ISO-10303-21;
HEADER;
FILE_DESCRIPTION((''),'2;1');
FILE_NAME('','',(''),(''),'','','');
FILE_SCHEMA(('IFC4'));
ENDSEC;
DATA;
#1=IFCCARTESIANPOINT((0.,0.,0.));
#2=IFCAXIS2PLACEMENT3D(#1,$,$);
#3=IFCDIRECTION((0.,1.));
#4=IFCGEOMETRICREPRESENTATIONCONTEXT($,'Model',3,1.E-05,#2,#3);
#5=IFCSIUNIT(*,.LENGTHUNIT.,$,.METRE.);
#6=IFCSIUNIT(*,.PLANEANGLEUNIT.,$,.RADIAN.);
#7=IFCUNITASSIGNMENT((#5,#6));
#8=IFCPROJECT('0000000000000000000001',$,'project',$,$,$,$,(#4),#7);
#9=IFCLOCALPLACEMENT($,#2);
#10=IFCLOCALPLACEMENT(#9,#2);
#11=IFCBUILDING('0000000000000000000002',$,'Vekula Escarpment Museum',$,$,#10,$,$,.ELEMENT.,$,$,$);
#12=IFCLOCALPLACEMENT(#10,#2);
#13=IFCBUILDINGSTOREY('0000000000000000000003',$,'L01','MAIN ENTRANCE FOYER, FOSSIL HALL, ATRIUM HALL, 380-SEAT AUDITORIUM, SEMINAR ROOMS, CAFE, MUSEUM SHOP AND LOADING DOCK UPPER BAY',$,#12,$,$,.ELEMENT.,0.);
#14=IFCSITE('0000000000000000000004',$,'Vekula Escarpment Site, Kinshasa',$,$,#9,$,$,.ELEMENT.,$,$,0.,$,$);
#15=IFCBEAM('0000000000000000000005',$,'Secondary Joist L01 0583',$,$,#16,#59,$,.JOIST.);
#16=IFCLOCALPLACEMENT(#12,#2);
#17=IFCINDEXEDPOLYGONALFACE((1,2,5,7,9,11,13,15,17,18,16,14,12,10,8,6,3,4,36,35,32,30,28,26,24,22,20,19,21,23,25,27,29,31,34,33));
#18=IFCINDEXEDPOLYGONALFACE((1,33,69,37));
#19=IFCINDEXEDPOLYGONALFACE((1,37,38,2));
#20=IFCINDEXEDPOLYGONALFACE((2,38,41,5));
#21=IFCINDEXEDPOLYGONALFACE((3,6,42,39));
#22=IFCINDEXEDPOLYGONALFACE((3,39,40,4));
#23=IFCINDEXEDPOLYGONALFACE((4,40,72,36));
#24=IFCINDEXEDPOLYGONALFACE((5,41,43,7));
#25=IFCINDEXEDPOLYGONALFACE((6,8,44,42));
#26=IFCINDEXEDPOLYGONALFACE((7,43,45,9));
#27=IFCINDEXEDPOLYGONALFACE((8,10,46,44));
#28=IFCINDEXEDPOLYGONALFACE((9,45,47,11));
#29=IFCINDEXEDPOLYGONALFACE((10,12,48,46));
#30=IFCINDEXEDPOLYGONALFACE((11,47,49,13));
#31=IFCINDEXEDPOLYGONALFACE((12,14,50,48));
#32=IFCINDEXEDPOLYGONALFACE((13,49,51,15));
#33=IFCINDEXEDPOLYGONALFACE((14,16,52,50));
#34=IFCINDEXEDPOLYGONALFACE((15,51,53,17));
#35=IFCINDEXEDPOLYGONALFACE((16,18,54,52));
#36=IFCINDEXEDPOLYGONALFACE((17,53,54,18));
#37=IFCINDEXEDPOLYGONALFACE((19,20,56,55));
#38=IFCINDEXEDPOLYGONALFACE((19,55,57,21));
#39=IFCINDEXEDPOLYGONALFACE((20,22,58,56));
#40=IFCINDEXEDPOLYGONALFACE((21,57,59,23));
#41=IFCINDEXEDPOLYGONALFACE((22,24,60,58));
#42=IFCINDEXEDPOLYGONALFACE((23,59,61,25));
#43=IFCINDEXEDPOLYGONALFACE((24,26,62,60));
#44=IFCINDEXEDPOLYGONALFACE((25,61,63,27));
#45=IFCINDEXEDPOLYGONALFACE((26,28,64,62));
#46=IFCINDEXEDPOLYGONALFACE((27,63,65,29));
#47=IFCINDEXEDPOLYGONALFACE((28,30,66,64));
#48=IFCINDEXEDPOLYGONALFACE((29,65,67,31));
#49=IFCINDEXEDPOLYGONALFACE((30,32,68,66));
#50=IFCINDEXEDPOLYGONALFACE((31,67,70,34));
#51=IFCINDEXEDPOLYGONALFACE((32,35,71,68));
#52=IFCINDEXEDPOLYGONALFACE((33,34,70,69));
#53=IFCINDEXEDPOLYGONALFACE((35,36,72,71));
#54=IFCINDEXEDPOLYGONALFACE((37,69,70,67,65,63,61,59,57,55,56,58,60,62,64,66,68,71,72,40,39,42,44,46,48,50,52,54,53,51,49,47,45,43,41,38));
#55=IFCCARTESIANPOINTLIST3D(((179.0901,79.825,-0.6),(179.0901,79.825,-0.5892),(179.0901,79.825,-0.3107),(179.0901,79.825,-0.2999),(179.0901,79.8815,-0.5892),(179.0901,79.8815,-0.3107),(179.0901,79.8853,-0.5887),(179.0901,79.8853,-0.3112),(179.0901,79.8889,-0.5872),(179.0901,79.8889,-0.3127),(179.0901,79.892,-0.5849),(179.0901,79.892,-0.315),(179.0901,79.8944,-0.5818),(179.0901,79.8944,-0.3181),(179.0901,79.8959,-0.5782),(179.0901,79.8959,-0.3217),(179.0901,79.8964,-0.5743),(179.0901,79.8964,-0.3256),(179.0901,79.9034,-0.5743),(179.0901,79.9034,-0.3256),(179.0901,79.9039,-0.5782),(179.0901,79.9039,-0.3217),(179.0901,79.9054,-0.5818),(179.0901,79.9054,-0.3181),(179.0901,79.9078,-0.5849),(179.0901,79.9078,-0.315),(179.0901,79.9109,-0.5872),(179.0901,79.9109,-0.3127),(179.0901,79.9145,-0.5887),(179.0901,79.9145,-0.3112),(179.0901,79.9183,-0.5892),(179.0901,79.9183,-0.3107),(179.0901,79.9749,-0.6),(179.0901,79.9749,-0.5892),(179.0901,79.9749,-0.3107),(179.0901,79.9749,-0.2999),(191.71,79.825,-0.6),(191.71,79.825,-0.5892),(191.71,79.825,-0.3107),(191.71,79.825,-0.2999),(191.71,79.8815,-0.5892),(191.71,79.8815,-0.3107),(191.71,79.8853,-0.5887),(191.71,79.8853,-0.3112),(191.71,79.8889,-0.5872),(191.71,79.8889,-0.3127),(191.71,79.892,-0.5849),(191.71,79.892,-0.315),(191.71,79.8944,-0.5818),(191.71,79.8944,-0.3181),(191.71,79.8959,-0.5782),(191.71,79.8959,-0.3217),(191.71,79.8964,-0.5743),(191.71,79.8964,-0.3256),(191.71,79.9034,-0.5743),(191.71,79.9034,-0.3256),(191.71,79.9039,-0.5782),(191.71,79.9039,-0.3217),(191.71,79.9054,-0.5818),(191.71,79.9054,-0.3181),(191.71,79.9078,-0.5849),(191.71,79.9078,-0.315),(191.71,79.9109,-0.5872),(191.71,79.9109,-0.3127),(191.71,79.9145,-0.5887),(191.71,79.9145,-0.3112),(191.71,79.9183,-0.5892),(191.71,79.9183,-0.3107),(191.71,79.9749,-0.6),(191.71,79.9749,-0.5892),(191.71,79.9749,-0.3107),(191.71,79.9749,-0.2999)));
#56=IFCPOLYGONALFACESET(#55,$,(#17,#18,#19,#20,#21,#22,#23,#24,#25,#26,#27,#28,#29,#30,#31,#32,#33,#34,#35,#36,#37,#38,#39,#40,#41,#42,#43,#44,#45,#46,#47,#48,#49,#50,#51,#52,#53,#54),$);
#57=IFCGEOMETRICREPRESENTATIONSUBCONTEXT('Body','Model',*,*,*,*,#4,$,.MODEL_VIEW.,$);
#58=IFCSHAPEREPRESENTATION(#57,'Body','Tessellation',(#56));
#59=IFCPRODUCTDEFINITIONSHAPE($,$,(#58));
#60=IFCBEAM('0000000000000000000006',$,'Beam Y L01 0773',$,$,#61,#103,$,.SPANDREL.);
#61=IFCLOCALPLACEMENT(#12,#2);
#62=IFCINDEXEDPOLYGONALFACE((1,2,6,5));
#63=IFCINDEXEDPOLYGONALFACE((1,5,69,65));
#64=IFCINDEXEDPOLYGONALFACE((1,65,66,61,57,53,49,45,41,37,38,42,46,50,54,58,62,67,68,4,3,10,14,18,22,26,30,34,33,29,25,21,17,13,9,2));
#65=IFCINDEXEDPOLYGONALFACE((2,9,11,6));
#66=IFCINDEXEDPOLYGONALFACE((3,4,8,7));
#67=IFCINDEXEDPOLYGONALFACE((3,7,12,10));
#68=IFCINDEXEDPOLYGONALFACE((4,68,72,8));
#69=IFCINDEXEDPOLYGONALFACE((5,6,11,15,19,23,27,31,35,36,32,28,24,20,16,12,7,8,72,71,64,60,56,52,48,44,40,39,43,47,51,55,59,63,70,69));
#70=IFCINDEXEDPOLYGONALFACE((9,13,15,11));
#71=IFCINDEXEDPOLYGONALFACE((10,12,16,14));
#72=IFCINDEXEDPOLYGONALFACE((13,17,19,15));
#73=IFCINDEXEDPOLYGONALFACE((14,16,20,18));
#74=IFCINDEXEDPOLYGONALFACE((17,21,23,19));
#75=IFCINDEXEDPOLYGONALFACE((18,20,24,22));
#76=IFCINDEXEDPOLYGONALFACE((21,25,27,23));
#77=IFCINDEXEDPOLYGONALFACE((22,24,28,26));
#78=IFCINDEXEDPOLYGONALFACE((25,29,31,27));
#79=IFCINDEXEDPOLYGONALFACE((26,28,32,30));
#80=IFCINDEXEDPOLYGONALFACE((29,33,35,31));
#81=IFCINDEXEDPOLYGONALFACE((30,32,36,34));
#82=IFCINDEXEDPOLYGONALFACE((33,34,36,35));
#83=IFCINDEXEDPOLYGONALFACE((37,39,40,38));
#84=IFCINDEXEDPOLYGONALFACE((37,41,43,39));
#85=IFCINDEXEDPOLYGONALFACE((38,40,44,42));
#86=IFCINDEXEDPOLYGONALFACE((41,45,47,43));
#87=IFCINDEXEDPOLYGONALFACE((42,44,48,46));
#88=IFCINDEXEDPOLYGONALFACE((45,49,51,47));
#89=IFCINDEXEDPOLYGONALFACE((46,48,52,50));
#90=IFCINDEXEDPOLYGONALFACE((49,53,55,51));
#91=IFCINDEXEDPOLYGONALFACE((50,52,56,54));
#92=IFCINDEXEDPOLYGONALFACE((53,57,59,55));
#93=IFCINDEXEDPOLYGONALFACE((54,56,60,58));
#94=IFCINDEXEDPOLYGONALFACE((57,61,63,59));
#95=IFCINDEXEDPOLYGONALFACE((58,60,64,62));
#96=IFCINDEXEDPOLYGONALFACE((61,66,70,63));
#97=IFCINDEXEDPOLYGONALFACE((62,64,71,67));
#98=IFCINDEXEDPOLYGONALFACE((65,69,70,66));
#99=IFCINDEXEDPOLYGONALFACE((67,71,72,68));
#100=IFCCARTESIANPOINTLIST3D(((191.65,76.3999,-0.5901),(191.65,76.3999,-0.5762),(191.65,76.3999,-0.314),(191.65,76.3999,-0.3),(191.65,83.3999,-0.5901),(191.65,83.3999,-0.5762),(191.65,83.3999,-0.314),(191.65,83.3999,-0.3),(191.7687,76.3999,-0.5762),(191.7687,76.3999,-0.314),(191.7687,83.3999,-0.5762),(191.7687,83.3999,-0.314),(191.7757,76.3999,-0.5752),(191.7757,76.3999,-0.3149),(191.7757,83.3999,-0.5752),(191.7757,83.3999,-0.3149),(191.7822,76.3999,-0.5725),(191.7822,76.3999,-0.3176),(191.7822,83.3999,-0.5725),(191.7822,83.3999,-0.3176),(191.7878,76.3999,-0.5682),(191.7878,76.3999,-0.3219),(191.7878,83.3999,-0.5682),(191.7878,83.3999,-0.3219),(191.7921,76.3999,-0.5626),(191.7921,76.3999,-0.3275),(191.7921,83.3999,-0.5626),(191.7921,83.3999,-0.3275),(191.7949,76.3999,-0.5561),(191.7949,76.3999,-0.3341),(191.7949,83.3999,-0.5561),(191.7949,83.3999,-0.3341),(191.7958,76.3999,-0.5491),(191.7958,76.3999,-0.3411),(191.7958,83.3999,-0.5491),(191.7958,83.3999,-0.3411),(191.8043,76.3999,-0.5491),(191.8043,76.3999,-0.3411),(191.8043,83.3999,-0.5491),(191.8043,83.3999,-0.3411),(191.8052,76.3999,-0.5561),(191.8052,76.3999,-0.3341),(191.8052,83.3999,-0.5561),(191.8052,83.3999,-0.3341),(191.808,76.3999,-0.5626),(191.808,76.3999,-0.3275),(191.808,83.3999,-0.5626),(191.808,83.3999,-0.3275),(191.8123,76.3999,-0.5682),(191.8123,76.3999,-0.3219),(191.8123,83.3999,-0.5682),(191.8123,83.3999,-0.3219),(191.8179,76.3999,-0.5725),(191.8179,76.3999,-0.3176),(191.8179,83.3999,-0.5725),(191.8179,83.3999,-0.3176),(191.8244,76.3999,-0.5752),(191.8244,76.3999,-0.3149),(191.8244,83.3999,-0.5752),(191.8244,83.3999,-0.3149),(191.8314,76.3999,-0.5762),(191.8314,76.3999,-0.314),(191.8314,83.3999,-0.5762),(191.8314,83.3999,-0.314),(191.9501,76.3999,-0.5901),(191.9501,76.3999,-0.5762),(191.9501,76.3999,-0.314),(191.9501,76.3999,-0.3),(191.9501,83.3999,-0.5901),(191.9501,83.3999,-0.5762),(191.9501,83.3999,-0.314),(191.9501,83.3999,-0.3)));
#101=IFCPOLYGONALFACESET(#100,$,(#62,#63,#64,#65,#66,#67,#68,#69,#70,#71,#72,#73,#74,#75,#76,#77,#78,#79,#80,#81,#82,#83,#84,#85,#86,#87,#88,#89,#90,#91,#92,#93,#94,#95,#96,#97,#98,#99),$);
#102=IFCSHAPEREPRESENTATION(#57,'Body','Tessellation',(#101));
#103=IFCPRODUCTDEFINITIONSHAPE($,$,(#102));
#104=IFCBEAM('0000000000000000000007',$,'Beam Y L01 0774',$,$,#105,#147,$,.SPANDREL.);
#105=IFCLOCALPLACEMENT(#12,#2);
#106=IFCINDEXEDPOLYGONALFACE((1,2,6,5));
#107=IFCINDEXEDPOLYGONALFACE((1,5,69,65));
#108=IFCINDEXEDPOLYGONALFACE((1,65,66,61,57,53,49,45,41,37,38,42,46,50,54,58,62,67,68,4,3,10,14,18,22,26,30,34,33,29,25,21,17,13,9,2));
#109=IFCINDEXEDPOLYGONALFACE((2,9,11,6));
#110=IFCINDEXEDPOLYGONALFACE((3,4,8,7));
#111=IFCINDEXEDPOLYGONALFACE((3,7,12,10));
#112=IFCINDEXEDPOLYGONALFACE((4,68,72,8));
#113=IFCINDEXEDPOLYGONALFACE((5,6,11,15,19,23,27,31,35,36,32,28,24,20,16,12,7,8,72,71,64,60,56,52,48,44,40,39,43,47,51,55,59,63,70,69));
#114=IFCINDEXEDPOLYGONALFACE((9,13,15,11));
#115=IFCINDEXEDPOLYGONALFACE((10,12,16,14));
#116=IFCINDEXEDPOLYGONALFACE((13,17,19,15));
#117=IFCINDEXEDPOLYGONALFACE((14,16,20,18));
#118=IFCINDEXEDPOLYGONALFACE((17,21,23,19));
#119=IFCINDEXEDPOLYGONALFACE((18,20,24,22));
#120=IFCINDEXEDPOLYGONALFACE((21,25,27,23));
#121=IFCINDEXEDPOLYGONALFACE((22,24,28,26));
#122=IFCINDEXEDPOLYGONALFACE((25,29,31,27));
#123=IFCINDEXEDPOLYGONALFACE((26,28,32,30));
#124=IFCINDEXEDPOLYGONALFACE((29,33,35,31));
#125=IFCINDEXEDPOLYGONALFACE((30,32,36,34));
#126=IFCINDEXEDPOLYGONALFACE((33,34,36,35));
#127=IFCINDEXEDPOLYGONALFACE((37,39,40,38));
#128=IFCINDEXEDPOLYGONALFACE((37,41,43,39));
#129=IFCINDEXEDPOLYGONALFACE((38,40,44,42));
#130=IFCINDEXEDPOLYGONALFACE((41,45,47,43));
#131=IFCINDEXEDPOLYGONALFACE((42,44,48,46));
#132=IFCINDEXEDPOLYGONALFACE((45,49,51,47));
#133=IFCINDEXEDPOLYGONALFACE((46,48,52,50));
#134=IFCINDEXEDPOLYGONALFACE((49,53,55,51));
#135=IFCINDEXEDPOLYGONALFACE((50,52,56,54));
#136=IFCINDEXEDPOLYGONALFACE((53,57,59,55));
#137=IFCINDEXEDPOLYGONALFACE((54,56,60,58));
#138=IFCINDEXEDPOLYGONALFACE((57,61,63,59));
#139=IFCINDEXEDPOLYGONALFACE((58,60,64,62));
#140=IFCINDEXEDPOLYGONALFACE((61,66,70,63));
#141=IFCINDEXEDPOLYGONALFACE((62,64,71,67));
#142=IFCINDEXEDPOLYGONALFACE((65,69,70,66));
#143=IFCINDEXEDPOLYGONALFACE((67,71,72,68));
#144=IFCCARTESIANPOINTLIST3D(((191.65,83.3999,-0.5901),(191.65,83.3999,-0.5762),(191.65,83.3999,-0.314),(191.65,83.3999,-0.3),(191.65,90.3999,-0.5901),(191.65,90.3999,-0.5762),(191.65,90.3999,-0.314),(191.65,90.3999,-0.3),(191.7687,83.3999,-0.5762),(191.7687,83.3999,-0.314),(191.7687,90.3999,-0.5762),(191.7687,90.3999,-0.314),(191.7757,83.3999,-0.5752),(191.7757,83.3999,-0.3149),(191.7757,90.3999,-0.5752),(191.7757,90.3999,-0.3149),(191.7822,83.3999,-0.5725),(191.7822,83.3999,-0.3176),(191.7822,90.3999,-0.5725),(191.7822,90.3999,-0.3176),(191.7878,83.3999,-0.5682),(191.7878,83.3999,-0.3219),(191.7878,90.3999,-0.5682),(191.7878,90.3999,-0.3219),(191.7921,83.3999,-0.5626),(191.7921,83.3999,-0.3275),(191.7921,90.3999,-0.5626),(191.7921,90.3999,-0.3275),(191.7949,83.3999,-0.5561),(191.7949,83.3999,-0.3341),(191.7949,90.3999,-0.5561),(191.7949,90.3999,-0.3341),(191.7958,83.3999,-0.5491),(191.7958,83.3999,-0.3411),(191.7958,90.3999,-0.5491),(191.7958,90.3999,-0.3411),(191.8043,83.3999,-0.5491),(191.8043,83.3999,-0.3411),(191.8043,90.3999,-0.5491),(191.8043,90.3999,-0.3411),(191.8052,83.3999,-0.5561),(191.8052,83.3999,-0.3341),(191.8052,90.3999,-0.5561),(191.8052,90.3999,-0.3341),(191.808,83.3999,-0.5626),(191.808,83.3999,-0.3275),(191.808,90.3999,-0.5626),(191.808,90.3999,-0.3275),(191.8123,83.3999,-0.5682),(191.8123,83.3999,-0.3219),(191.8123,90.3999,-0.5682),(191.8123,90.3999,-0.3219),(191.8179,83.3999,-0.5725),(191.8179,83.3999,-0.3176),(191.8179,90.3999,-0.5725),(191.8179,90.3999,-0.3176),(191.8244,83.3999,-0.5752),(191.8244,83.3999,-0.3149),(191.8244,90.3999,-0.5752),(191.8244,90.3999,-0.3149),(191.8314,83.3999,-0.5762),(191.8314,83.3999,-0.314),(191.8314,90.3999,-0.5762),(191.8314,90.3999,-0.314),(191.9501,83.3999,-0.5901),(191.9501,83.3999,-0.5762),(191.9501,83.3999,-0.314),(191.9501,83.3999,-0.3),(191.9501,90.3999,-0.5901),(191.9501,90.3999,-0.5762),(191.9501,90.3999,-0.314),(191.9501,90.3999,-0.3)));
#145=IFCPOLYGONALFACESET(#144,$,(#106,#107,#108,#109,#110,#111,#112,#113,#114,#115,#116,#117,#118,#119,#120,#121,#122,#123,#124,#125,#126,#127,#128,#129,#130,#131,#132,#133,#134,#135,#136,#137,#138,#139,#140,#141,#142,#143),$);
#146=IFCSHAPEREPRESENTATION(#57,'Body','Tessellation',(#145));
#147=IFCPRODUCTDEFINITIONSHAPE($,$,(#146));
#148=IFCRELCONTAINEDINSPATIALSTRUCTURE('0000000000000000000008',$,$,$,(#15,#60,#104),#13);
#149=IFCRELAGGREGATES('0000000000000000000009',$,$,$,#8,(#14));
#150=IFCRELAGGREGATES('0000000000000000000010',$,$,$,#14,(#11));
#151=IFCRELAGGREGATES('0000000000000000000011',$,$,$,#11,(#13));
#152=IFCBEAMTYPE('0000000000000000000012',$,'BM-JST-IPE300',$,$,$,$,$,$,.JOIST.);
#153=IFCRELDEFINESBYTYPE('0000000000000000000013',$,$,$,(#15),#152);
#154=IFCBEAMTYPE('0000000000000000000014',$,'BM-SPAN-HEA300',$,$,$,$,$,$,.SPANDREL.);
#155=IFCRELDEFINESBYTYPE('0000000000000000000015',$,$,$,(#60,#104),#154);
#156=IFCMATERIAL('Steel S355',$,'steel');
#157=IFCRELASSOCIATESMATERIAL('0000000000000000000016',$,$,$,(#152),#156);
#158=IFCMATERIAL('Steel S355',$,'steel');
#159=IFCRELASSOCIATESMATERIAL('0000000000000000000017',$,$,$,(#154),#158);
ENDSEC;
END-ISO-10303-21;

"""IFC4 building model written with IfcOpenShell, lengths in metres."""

from ifc_helpers import new_model, si_unit, direction, frame, origin, origin_2d, place, context, subcontext, project, spatial, i_section, extrude, material, material_profile, profile_set, type_object, element, save


model = new_model("IFC4")

# Units and contexts
model_context = context("Model", 3, precision=1e-05, world=origin(), true_north=direction((0.0, 1.0)))
body_context = subcontext(model_context, "Body", "Model", "MODEL_VIEW")
ifc_project = project(units=[si_unit("LENGTHUNIT", "METRE"), si_unit("PLANEANGLEUNIT", "RADIAN")], contexts=[model_context])

# Site, building, storey
site_placement = place(None, origin())
site = spatial("IfcSite", under=ifc_project, at=site_placement, Name="Vekula Escarpment Site, Kinshasa", CompositionType="ELEMENT", RefElevation=0.0)
building_placement = place(site_placement, origin())
building = spatial("IfcBuilding", under=site, at=building_placement, Name="Vekula Escarpment Museum", CompositionType="ELEMENT")
storey_placement = place(building_placement, origin())
storey = spatial("IfcBuildingStorey", under=building, at=storey_placement, Name="L01", Description="MAIN ENTRANCE FOYER, FOSSIL HALL, ATRIUM HALL, 380-SEAT AUDITORIUM, SEMINAR ROOMS, CAFE, MUSEUM SHOP AND LOADING DOCK UPPER BAY", CompositionType="ELEMENT", Elevation=0.0)

# Beams
ifc_material_1 = material(Name="Steel S355", Category="steel")
ifc_material_profile_1 = material_profile(ifc_material_1, i_section(OverallWidth=0.1499, OverallDepth=0.3, WebThickness=0.0071, FlangeThickness=0.0107, FilletRadius=0.0149, at=origin_2d()), Name="IPE 300")
ifc_profile_set_1 = profile_set([ifc_material_profile_1], Name="Steel S355")
beam_type_1 = type_object("IfcBeamType", Name="BM-JST-IPE300", PredefinedType="JOIST", material=ifc_profile_set_1)
beam_1_placement = place(storey_placement, frame((179.0901, 79.8999, -0.45), z_axis=(1.0, 0.0, 0.0), x_axis=(0.0, 1.0, 0.0)))
element("IfcBeam", 1, at=beam_1_placement, inside=storey, type_object=beam_type_1, Name="Secondary Joist L01 0583", PredefinedType="JOIST", context=body_context, shape_type="SweptSolid", body=[
    extrude(i_section(OverallWidth=0.1499, OverallDepth=0.3, WebThickness=0.0071, FlangeThickness=0.0107, FilletRadius=0.0149, at=origin_2d()), origin(), (0.0, 0.0, 1.0), 12.6199),
])
ifc_material_2 = material(Name="Steel S355", Category="steel")
ifc_material_profile_2 = material_profile(ifc_material_2, i_section(OverallWidth=0.3, OverallDepth=0.29, WebThickness=0.0085, FlangeThickness=0.0139, FilletRadius=0.0271, at=origin_2d()), Name="HEA 300")
ifc_profile_set_2 = profile_set([ifc_material_profile_2], Name="Steel S355")
beam_type_2 = type_object("IfcBeamType", Name="BM-SPAN-HEA300", PredefinedType="SPANDREL", material=ifc_profile_set_2)
for number, where, z_axis, x_axis, name in (
    (2, (191.8, 76.3999, -0.4451), (0.0, 1.0, 0.0), (-1.0, 0.0, 0.0), "Beam Y L01 0773"),
    (3, (191.8, 83.3999, -0.4451), (0.0, 1.0, 0.0), (-1.0, 0.0, 0.0), "Beam Y L01 0774"),
):
    element("IfcBeam", number, at=place(storey_placement, frame(where, z_axis=z_axis, x_axis=x_axis)), inside=storey, type_object=beam_type_2, Name=name, PredefinedType="SPANDREL", context=body_context, shape_type="SweptSolid", body=[
        extrude(i_section(OverallWidth=0.3, OverallDepth=0.29, WebThickness=0.0085, FlangeThickness=0.0139, FilletRadius=0.0271, at=origin_2d()), origin(), (0.0, 0.0, 1.0), 7.0),
    ])

save(model, "model.ifc")
